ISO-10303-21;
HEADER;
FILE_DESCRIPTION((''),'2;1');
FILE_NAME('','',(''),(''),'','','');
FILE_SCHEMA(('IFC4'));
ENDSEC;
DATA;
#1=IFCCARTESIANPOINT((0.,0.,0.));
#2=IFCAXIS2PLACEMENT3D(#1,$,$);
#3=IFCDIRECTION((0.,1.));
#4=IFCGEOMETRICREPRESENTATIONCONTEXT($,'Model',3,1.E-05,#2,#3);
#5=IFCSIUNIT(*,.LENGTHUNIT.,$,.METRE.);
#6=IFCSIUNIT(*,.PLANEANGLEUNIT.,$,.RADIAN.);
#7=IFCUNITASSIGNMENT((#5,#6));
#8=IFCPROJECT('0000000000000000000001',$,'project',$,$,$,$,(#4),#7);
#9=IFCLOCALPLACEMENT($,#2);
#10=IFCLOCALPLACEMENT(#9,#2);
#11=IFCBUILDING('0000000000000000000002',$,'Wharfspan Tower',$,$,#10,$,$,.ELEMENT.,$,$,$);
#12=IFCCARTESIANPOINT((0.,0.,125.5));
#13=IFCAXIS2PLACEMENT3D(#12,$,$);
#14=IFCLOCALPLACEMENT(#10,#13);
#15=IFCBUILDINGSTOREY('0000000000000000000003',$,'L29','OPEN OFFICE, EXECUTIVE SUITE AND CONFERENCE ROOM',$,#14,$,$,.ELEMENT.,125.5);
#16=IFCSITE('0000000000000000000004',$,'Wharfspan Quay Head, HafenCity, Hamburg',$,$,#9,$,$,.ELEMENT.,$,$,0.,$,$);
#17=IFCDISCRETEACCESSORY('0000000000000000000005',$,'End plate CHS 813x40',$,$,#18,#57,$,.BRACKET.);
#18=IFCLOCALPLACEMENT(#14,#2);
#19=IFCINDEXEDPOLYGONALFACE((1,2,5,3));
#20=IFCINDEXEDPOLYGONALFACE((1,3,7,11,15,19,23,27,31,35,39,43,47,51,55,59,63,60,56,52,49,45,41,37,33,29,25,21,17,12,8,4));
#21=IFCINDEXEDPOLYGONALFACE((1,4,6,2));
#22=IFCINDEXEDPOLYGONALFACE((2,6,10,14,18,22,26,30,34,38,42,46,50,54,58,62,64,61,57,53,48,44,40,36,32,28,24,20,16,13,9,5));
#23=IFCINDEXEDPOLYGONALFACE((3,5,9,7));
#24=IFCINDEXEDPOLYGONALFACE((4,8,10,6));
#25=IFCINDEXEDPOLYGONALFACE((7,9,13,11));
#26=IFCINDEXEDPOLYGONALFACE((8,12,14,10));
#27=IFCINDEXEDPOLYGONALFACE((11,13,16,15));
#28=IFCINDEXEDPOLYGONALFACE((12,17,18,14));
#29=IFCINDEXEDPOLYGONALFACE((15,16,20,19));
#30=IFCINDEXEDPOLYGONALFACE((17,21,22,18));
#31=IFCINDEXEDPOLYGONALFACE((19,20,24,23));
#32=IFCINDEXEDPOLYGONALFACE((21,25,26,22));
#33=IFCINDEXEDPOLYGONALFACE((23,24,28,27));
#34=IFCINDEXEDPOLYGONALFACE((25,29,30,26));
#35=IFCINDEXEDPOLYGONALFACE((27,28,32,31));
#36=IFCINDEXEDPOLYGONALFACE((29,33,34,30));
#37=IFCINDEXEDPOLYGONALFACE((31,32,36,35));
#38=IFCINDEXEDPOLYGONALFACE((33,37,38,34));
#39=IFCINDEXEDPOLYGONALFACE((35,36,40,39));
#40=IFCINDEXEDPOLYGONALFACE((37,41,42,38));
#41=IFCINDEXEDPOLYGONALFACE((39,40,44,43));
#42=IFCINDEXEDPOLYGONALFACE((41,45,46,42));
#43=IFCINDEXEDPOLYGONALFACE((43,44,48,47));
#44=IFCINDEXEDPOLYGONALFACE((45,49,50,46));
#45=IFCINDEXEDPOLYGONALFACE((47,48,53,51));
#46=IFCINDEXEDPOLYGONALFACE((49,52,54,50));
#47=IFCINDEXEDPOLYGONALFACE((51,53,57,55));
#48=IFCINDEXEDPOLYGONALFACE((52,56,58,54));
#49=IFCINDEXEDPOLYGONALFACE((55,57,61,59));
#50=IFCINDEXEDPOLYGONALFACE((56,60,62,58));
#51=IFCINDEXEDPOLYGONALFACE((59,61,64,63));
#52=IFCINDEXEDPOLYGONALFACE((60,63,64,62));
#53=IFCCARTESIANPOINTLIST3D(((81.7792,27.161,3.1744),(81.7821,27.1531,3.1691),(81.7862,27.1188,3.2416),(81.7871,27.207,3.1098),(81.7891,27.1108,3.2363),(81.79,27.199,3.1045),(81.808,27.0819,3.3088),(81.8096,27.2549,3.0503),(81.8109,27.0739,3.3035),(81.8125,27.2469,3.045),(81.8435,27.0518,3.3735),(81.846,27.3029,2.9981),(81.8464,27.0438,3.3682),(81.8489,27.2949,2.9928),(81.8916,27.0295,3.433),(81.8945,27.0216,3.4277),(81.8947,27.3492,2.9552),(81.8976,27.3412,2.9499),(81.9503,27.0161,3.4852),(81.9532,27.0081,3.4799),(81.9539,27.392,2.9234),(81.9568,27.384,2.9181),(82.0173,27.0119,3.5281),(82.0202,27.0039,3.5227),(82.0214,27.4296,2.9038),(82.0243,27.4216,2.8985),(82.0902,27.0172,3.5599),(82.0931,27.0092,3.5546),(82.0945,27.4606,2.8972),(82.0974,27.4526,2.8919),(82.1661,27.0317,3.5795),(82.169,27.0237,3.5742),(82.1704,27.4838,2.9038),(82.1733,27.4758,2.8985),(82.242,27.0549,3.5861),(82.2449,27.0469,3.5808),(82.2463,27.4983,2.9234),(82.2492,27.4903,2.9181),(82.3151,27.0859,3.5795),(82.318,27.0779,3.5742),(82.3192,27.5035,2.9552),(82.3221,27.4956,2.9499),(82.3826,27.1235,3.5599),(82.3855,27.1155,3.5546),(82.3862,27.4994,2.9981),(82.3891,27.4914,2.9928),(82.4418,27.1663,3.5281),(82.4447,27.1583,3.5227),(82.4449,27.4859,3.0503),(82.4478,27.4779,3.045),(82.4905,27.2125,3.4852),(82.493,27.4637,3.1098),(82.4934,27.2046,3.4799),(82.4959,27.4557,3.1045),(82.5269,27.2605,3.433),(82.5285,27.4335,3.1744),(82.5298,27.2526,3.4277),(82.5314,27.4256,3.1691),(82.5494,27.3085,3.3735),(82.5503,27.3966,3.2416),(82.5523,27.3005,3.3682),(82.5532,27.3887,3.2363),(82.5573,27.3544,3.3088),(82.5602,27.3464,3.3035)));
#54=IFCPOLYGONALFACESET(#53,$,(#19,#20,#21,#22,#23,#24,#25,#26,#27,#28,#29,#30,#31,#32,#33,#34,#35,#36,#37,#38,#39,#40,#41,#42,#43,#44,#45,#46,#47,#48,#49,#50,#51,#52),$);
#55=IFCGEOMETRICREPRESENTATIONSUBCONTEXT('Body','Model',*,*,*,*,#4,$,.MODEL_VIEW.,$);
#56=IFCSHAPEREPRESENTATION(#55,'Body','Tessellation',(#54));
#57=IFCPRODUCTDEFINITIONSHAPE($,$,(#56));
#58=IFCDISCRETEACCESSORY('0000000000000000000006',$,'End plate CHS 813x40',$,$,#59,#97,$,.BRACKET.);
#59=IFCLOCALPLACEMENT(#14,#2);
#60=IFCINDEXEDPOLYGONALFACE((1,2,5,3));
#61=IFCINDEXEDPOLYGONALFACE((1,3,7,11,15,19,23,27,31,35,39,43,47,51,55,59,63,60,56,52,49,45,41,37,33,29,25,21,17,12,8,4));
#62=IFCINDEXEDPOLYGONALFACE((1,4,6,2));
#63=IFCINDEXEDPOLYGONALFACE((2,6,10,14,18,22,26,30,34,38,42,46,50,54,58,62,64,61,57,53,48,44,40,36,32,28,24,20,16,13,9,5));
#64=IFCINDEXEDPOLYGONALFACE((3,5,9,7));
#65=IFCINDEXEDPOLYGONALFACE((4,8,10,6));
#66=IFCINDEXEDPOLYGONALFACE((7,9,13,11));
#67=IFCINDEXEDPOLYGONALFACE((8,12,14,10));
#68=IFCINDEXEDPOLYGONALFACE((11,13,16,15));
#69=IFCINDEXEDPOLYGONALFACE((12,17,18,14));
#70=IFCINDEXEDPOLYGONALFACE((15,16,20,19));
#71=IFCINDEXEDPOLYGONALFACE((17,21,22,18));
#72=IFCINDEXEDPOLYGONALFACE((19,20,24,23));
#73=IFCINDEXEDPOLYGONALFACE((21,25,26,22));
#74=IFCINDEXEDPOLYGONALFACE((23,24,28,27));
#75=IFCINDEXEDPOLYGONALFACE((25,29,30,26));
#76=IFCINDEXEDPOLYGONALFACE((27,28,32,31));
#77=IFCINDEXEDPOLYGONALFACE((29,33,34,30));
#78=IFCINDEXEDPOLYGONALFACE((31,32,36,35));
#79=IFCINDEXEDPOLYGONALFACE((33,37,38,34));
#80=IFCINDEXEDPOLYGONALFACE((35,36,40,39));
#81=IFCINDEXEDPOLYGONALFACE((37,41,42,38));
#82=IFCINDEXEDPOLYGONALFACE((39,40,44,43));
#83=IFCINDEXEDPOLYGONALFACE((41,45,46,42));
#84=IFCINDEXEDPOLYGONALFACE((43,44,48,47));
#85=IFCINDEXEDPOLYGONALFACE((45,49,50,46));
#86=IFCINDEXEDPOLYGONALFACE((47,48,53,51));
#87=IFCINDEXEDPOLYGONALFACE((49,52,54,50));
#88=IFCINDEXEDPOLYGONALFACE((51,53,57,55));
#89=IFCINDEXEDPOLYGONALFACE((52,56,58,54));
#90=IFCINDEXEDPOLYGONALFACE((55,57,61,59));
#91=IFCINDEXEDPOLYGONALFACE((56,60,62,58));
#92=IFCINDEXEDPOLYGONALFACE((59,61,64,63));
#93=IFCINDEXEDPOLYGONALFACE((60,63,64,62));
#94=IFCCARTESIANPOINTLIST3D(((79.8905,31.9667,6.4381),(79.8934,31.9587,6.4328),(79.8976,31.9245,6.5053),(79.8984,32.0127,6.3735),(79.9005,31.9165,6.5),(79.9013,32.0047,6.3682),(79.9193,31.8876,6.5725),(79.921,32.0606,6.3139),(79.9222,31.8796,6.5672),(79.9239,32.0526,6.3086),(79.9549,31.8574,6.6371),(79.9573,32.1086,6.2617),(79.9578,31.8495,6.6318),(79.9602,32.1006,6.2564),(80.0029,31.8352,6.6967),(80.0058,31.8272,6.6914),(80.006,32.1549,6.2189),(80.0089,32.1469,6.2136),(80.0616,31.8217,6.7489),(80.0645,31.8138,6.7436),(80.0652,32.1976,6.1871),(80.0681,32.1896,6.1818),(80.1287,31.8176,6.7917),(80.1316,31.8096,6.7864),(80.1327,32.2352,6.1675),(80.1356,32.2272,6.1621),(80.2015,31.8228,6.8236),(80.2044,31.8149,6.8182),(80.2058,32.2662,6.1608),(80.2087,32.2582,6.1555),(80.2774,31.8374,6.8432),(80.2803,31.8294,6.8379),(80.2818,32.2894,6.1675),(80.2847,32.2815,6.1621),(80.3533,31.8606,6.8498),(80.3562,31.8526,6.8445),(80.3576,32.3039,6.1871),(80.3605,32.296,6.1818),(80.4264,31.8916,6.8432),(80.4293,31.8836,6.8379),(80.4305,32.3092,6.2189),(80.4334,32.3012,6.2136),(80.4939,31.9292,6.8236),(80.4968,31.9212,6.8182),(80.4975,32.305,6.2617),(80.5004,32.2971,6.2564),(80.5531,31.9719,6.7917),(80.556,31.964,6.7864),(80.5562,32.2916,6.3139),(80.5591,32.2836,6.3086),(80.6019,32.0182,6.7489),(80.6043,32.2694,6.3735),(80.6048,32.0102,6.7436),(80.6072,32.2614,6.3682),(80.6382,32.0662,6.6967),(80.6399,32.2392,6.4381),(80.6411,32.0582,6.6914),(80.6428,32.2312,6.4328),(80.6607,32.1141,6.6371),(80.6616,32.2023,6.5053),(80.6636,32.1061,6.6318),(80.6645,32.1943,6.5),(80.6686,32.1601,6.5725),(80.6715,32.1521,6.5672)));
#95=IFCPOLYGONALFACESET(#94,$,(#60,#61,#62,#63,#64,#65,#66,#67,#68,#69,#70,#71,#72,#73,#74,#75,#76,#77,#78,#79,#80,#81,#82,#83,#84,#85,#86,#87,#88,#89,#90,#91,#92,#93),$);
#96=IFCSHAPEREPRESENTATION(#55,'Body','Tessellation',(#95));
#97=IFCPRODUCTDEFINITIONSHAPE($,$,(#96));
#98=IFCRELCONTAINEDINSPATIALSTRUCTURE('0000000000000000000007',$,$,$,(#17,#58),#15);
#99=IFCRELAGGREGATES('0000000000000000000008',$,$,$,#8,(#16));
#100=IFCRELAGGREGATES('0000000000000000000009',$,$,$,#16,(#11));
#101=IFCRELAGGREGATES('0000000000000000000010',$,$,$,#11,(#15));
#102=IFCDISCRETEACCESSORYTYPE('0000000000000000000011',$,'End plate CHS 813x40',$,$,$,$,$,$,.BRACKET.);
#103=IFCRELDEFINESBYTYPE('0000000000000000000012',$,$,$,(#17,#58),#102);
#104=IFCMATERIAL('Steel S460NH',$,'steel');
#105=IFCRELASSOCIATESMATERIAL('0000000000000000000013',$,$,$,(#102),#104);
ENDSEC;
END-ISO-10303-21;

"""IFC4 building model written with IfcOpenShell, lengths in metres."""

from ifc_helpers import new_model, si_unit, direction, frame, origin, origin_2d, place, context, subcontext, project, spatial, circle, extrude, material, material_profile, profile_set, type_object, element, save


model = new_model("IFC4")

# Units and contexts
model_context = context("Model", 3, precision=1e-05, world=origin(), true_north=direction((0.0, 1.0)))
body_context = subcontext(model_context, "Body", "Model", "MODEL_VIEW")
ifc_project = project(units=[si_unit("LENGTHUNIT", "METRE"), si_unit("PLANEANGLEUNIT", "RADIAN")], contexts=[model_context])

# Site, building, storey
site_placement = place(None, origin())
site = spatial("IfcSite", under=ifc_project, at=site_placement, Name="Wharfspan Quay Head, HafenCity, Hamburg", CompositionType="ELEMENT", RefElevation=0.0)
building_placement = place(site_placement, origin())
building = spatial("IfcBuilding", under=site, at=building_placement, Name="Wharfspan Tower", CompositionType="ELEMENT")
storey_placement = place(building_placement, frame((0.0, 0.0, 125.5)))
storey = spatial("IfcBuildingStorey", under=building, at=storey_placement, Name="L29", Description="OPEN OFFICE, EXECUTIVE SUITE AND CONFERENCE ROOM", CompositionType="ELEMENT", Elevation=125.5)

# Shared definitions
ifc_material_1 = material(Name="Steel S460NH", Category="steel")

# Discrete accessories
ifc_material_profile_1 = material_profile(ifc_material_1, circle(Radius=0.4065, at=origin_2d()))
ifc_profile_set_1 = profile_set([ifc_material_profile_1], Name="Steel S460NH")
discrete_accessory_type = type_object("IfcDiscreteAccessoryType", Name="End plate CHS 813x40", PredefinedType="BRACKET", material=ifc_profile_set_1)
for number, where, z_axis, x_axis, name in (
    (1, (82.1711, 27.2498, 3.2363), (-0.289598, 0.796395, 0.53093), (-0.939792, -0.341743, 0.000001), "End plate CHS 813x40"),
    (2, (80.2825, 32.0554, 6.5), (-0.289598, 0.796395, 0.53093), (-0.939792, -0.341743, 0.000001), "End plate CHS 813x40"),
):
    element("IfcDiscreteAccessory", number, at=place(storey_placement, frame(where, z_axis=z_axis, x_axis=x_axis)), inside=storey, type_object=discrete_accessory_type, Name=name, PredefinedType="BRACKET", context=body_context, shape_type="SweptSolid", body=[
        extrude(circle(Radius=0.4065, at=origin_2d()), origin(), (0.0, 0.0, 1.0), 0.01),
    ])

save(model, "model.ifc")
